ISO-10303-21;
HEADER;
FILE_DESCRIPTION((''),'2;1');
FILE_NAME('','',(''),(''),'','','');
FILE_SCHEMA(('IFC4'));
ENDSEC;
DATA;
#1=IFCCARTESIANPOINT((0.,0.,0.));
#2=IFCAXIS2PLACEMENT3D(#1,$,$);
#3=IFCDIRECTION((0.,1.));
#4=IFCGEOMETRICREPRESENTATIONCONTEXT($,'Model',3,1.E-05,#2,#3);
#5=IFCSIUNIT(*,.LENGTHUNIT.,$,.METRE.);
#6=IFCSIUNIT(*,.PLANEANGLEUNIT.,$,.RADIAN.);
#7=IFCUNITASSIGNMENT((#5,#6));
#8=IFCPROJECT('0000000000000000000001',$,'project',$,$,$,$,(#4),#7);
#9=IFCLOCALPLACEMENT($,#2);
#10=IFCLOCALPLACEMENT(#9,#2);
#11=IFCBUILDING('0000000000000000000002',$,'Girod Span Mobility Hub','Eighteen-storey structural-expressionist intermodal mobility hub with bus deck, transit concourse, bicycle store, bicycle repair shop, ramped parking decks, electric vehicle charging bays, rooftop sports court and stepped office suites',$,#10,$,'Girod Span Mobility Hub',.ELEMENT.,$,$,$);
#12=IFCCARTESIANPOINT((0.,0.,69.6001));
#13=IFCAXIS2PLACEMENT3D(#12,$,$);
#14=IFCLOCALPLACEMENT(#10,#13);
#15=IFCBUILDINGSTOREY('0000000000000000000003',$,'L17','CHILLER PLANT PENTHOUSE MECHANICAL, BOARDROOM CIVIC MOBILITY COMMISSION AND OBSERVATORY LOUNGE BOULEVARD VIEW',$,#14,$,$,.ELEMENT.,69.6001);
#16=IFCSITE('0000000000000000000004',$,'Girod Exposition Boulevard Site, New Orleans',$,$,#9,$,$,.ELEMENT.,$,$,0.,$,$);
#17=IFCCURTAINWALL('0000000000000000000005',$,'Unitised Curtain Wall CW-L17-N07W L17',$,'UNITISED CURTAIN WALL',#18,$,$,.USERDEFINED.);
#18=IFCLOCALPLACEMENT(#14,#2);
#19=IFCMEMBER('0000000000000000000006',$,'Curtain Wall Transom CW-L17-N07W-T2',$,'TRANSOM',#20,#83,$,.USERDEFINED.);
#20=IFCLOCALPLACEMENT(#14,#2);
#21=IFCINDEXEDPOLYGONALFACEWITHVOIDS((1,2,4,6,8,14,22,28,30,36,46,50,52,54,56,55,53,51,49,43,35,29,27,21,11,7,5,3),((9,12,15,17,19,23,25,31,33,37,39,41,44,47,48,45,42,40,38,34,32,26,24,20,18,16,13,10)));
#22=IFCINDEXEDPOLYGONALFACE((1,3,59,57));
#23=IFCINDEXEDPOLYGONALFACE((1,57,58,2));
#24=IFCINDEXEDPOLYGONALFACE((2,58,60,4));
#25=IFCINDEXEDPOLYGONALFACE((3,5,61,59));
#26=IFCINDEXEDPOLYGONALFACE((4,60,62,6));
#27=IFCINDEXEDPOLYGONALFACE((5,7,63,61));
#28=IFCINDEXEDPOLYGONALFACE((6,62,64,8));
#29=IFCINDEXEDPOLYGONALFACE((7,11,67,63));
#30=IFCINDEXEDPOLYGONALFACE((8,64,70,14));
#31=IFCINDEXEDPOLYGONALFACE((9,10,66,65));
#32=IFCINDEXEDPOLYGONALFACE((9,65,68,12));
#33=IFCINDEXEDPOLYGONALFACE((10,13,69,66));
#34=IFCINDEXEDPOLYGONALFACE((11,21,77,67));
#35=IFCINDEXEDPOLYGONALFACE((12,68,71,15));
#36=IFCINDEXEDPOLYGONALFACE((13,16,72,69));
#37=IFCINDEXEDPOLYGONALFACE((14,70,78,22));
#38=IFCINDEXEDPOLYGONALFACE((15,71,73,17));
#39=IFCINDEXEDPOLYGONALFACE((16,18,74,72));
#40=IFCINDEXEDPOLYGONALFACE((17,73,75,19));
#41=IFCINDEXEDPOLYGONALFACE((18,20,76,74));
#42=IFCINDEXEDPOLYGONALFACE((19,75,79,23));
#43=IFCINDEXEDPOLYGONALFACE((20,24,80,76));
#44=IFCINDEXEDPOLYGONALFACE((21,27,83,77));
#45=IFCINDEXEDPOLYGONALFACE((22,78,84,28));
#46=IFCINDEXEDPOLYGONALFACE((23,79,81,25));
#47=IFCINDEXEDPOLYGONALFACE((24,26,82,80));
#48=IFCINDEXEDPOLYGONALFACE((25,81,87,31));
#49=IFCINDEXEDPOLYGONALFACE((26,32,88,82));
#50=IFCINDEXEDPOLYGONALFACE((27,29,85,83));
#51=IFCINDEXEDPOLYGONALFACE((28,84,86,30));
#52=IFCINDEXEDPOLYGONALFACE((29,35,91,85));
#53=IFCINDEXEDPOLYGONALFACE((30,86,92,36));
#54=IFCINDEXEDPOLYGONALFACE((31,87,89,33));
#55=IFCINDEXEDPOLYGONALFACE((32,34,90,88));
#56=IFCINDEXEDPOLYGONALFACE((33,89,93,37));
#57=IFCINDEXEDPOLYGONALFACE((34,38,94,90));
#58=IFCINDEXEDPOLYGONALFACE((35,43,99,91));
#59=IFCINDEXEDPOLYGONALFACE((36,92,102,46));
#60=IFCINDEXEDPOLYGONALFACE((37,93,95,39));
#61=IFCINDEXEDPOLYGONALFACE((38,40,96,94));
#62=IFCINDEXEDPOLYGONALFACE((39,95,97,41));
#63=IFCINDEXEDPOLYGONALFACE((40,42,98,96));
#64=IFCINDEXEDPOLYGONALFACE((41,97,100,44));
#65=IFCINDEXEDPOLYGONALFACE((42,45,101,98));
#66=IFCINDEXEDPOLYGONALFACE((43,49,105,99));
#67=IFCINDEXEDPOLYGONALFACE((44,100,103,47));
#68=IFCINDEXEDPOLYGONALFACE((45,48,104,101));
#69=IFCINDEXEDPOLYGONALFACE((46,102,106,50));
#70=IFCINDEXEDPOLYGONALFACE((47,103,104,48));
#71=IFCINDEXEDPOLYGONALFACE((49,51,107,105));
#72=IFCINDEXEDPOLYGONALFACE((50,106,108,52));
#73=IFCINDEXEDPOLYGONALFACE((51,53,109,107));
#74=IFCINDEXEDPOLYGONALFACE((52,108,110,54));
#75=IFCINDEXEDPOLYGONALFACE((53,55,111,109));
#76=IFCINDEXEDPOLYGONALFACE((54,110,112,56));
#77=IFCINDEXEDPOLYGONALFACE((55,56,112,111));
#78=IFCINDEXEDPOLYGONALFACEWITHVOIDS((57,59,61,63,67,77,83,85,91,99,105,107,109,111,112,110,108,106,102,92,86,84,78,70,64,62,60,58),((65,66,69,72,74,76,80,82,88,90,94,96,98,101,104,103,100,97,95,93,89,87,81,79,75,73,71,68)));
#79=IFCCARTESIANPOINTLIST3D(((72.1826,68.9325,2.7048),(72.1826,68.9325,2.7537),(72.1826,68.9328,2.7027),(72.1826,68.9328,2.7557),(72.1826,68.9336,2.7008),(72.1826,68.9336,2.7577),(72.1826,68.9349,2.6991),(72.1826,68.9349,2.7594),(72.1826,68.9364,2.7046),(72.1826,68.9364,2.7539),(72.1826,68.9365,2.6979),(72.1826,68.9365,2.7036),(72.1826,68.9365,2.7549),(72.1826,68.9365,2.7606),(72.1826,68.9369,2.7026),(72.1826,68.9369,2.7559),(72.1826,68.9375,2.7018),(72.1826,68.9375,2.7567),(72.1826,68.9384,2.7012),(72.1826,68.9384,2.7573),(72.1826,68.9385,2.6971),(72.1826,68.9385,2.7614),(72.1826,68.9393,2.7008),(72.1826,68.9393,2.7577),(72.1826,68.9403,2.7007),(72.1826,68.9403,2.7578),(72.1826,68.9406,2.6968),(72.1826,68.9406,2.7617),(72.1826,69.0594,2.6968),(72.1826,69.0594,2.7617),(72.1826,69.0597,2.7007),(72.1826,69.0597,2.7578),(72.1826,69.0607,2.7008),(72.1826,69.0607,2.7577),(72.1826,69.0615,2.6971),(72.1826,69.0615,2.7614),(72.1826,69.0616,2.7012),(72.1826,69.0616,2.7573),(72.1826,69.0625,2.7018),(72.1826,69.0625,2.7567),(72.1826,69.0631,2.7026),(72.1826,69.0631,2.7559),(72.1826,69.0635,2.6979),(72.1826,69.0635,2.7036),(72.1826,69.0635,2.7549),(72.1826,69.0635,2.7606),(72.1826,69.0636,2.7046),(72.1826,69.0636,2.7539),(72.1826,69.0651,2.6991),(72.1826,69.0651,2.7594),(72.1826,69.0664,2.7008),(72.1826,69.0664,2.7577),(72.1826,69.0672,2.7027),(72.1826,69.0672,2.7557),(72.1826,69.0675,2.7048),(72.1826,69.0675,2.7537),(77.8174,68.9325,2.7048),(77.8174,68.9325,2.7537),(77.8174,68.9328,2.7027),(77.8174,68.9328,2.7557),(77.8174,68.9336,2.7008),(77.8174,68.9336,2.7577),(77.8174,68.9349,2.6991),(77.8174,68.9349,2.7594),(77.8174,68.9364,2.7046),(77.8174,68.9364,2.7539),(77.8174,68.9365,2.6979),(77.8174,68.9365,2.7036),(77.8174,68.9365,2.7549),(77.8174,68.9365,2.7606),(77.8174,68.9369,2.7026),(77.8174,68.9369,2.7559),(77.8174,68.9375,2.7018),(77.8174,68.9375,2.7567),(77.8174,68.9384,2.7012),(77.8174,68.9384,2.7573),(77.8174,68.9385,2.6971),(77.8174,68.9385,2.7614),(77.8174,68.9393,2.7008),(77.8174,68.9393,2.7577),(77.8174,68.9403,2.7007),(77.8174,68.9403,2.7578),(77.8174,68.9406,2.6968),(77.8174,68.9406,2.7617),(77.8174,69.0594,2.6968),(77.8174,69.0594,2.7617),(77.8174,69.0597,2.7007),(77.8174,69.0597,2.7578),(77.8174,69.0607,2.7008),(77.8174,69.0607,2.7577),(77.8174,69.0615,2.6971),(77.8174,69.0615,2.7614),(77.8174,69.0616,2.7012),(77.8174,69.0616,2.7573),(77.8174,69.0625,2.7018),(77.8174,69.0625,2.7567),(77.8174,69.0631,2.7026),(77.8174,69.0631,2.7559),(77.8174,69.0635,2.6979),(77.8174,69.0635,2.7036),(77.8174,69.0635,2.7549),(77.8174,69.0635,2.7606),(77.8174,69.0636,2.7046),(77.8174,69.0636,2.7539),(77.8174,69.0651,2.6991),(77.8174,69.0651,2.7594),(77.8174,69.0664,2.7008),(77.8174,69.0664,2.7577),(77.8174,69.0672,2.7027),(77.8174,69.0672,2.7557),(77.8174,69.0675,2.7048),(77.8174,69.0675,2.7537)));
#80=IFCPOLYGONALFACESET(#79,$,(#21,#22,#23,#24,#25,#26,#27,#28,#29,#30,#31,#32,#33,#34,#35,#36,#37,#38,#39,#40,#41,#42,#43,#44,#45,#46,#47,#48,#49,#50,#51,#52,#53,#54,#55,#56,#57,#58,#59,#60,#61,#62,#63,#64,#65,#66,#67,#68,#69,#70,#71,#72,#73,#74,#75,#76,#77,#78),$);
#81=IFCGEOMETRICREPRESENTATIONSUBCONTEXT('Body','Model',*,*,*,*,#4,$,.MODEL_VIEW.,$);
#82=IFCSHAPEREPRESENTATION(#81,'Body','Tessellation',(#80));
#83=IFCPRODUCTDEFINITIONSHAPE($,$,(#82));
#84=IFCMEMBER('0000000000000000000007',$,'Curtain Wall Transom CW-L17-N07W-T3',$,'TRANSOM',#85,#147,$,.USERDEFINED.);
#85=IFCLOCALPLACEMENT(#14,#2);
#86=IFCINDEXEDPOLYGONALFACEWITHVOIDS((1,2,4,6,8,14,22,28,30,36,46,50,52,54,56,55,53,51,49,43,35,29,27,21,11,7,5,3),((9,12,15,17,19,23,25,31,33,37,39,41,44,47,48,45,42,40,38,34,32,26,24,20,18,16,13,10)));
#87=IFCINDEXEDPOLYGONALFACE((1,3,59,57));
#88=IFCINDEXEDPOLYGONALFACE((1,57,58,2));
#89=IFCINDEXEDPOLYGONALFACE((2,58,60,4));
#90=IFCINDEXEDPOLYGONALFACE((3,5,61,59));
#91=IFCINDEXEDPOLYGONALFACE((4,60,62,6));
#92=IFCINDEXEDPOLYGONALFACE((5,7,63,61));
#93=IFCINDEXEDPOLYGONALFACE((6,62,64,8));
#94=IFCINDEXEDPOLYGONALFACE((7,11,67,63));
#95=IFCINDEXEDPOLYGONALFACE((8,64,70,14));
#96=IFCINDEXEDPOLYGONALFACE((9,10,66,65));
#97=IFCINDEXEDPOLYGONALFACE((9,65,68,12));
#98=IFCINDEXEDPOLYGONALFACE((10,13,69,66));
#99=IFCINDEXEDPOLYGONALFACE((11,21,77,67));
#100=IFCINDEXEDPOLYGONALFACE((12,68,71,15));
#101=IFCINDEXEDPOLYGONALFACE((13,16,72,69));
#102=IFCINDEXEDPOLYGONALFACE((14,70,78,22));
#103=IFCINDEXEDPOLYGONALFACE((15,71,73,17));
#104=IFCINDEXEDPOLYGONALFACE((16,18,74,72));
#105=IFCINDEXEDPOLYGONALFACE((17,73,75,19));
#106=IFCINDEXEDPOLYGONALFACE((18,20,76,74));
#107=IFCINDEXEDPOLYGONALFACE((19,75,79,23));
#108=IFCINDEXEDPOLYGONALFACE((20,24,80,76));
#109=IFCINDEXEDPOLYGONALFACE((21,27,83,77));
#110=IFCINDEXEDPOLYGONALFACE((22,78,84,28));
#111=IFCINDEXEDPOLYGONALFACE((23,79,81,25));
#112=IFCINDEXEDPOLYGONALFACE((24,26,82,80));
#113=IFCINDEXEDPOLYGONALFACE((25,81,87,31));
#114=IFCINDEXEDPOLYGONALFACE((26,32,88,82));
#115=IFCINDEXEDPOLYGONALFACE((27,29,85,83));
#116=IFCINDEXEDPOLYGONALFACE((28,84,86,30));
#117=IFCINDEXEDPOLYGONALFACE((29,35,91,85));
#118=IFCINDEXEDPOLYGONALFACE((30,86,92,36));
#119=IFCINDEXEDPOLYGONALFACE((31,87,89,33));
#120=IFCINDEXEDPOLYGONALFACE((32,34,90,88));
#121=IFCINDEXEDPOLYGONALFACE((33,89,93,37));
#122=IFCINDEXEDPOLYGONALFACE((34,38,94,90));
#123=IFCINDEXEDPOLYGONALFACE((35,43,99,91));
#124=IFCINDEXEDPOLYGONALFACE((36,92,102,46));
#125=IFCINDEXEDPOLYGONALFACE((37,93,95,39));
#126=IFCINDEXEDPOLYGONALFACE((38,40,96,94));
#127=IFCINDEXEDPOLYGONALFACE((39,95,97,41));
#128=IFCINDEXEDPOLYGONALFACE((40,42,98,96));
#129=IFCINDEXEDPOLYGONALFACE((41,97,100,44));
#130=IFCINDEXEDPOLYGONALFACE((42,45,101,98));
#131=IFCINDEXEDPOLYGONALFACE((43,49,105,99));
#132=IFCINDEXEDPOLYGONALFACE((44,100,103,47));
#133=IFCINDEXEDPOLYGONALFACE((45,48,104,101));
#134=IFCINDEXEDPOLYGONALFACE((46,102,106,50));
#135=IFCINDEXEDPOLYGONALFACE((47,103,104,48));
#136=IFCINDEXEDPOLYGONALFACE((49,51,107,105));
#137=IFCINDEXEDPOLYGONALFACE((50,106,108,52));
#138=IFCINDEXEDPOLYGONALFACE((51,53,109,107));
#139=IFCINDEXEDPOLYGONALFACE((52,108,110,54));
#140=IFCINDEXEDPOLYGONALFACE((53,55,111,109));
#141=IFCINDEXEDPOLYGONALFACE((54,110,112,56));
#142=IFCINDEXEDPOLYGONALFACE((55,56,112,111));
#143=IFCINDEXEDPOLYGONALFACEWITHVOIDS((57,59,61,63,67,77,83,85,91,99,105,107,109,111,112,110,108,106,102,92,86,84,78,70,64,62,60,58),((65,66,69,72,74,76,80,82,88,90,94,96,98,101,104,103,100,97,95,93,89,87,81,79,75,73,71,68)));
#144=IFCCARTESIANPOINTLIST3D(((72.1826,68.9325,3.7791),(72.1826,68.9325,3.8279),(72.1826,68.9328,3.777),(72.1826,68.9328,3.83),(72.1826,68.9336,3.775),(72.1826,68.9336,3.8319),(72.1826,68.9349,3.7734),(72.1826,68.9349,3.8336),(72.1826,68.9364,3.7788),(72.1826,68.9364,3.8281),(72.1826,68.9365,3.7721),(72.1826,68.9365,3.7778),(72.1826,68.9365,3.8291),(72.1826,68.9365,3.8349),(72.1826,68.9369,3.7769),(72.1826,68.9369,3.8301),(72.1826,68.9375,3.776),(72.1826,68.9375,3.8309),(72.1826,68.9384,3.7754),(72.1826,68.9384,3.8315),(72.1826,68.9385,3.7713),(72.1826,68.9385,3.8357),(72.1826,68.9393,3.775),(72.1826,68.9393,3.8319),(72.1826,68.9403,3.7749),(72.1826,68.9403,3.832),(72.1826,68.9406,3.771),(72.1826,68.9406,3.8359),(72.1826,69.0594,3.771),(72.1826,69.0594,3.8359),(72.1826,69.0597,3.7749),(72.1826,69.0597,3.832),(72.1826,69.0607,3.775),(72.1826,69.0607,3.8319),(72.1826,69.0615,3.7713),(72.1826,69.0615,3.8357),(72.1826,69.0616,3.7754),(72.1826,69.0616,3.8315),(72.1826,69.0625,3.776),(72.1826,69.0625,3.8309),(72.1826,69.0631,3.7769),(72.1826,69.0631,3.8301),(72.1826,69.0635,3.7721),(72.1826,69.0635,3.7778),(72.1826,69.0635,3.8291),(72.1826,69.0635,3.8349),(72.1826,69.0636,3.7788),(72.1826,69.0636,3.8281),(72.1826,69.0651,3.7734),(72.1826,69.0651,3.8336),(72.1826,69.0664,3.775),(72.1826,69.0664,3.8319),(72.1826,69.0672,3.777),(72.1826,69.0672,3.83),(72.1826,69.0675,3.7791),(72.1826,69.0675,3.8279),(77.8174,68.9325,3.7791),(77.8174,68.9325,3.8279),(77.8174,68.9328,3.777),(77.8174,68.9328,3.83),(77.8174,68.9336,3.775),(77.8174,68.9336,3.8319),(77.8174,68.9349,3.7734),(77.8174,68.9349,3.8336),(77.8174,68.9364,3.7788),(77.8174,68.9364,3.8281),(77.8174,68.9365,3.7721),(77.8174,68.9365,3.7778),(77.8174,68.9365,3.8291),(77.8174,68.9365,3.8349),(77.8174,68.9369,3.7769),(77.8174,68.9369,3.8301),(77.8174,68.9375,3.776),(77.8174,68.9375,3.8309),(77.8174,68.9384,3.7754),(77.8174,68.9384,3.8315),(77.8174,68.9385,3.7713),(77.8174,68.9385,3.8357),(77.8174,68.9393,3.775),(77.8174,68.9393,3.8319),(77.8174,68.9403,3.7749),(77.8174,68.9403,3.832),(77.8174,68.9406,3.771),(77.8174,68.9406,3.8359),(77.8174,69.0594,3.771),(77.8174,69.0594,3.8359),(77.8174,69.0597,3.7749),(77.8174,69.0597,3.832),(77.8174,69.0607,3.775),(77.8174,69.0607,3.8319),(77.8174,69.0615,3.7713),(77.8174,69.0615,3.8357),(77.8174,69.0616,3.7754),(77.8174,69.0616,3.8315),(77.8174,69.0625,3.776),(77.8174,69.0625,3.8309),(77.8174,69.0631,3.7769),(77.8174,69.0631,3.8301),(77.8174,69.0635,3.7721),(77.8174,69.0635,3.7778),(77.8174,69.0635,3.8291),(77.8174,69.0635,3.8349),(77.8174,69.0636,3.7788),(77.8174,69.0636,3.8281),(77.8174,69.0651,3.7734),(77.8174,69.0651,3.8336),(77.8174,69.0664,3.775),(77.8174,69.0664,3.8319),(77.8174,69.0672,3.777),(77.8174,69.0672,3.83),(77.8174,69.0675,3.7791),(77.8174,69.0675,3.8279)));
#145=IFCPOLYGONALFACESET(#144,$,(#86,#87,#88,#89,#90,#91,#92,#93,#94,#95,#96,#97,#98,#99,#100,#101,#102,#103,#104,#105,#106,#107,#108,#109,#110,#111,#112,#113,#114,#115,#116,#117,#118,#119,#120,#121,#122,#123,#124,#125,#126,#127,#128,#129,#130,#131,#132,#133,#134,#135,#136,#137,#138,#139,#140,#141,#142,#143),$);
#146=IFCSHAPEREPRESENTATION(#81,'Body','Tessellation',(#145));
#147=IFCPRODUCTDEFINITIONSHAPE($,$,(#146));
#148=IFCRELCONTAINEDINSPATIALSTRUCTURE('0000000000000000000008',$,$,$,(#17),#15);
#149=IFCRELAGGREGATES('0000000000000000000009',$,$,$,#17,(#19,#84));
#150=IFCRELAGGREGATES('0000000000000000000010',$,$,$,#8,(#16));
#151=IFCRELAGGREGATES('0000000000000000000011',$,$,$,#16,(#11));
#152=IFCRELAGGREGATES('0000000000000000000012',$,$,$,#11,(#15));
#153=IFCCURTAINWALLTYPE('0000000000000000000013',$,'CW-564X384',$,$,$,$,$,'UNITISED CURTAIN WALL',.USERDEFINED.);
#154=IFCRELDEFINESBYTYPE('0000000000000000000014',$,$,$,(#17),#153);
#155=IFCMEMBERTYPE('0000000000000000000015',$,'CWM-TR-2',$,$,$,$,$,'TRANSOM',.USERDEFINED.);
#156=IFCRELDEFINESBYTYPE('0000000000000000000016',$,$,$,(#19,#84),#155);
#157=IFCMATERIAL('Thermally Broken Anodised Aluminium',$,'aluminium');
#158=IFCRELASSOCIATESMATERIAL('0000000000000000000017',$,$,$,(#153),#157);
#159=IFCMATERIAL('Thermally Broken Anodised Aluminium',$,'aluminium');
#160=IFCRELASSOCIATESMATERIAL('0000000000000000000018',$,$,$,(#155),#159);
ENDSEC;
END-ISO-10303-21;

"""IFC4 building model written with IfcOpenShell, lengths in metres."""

from ifc_helpers import new_model, si_unit, direction, frame, origin, origin_2d, place, context, subcontext, project, spatial, hollow_rectangle, extrude, material, material_profile, profile_set, type_object, element, aggregate, save


model = new_model("IFC4")

# Units and contexts
model_context = context("Model", 3, precision=1e-05, world=origin(), true_north=direction((0.0, 1.0)))
body_context = subcontext(model_context, "Body", "Model", "MODEL_VIEW")
ifc_project = project(units=[si_unit("LENGTHUNIT", "METRE"), si_unit("PLANEANGLEUNIT", "RADIAN")], contexts=[model_context])

# Site, building, storey
site_placement = place(None, origin())
site = spatial("IfcSite", under=ifc_project, at=site_placement, Name="Girod Exposition Boulevard Site, New Orleans", CompositionType="ELEMENT", RefElevation=0.0)
building_placement = place(site_placement, origin())
building = spatial("IfcBuilding", under=site, at=building_placement, Name="Girod Span Mobility Hub", Description="Eighteen-storey structural-expressionist intermodal mobility hub with bus deck, transit concourse, bicycle store, bicycle repair shop, ramped parking decks, electric vehicle charging bays, rooftop sports court and stepped office suites", LongName="Girod Span Mobility Hub", CompositionType="ELEMENT")
storey_placement = place(building_placement, frame((0.0, 0.0, 69.6001)))
storey = spatial("IfcBuildingStorey", under=building, at=storey_placement, Name="L17", Description="CHILLER PLANT PENTHOUSE MECHANICAL, BOARDROOM CIVIC MOBILITY COMMISSION AND OBSERVATORY LOUNGE BOULEVARD VIEW", CompositionType="ELEMENT", Elevation=69.6001)

# Curtain wall
ifc_material_1 = material(Name="Thermally Broken Anodised Aluminium", Category="aluminium")
curtain_wall_type = type_object("IfcCurtainWallType", Name="CW-564X384", ElementType="UNITISED CURTAIN WALL", PredefinedType="USERDEFINED", material=ifc_material_1)
curtain_wall_1_placement = place(storey_placement, origin())
curtain_wall_1 = element("IfcCurtainWall", 1, at=curtain_wall_1_placement, inside=storey, type_object=curtain_wall_type, Name="Unitised Curtain Wall CW-L17-N07W L17", ObjectType="UNITISED CURTAIN WALL", PredefinedType="USERDEFINED")

# Members
ifc_material_2 = material(Name="Thermally Broken Anodised Aluminium", Category="aluminium")
ifc_material_profile_1 = material_profile(ifc_material_2, hollow_rectangle(XDim=0.135, YDim=0.0649, WallThickness=0.0039, InnerFilletRadius=0.0039, OuterFilletRadius=0.0081, at=origin_2d()), Name="CW-TR-65X135")
ifc_profile_set_1 = profile_set([ifc_material_profile_1], Name="Thermally Broken Anodised Aluminium")
member_type_1 = type_object("IfcMemberType", Name="CWM-TR-2", ElementType="TRANSOM", PredefinedType="USERDEFINED", material=ifc_profile_set_1)
member_1_placement = place(storey_placement, frame((72.1826, 69.0, 2.7292), z_axis=(1.0, 0.0, 0.0), x_axis=(0.0, 1.0, 0.0)))
member_1 = element("IfcMember", 2, at=member_1_placement, type_object=member_type_1, Name="Curtain Wall Transom CW-L17-N07W-T2", ObjectType="TRANSOM", PredefinedType="USERDEFINED", context=body_context, shape_type="SweptSolid", body=[
    extrude(hollow_rectangle(XDim=0.135, YDim=0.0649, WallThickness=0.0039, InnerFilletRadius=0.0039, OuterFilletRadius=0.0081, at=origin_2d()), origin(), (0.0, 0.0, 1.0), 5.6348),
])
member_2_placement = place(storey_placement, frame((72.1826, 69.0, 3.8035), z_axis=(1.0, 0.0, 0.0), x_axis=(0.0, 1.0, 0.0)))
member_2 = element("IfcMember", 3, at=member_2_placement, type_object=member_type_1, Name="Curtain Wall Transom CW-L17-N07W-T3", ObjectType="TRANSOM", PredefinedType="USERDEFINED", context=body_context, shape_type="SweptSolid", body=[
    extrude(hollow_rectangle(XDim=0.135, YDim=0.0649, WallThickness=0.0039, InnerFilletRadius=0.0039, OuterFilletRadius=0.0081, at=origin_2d()), origin(), (0.0, 0.0, 1.0), 5.6348),
])

aggregate(curtain_wall_1, [member_1, member_2])

save(model, "model.ifc")
